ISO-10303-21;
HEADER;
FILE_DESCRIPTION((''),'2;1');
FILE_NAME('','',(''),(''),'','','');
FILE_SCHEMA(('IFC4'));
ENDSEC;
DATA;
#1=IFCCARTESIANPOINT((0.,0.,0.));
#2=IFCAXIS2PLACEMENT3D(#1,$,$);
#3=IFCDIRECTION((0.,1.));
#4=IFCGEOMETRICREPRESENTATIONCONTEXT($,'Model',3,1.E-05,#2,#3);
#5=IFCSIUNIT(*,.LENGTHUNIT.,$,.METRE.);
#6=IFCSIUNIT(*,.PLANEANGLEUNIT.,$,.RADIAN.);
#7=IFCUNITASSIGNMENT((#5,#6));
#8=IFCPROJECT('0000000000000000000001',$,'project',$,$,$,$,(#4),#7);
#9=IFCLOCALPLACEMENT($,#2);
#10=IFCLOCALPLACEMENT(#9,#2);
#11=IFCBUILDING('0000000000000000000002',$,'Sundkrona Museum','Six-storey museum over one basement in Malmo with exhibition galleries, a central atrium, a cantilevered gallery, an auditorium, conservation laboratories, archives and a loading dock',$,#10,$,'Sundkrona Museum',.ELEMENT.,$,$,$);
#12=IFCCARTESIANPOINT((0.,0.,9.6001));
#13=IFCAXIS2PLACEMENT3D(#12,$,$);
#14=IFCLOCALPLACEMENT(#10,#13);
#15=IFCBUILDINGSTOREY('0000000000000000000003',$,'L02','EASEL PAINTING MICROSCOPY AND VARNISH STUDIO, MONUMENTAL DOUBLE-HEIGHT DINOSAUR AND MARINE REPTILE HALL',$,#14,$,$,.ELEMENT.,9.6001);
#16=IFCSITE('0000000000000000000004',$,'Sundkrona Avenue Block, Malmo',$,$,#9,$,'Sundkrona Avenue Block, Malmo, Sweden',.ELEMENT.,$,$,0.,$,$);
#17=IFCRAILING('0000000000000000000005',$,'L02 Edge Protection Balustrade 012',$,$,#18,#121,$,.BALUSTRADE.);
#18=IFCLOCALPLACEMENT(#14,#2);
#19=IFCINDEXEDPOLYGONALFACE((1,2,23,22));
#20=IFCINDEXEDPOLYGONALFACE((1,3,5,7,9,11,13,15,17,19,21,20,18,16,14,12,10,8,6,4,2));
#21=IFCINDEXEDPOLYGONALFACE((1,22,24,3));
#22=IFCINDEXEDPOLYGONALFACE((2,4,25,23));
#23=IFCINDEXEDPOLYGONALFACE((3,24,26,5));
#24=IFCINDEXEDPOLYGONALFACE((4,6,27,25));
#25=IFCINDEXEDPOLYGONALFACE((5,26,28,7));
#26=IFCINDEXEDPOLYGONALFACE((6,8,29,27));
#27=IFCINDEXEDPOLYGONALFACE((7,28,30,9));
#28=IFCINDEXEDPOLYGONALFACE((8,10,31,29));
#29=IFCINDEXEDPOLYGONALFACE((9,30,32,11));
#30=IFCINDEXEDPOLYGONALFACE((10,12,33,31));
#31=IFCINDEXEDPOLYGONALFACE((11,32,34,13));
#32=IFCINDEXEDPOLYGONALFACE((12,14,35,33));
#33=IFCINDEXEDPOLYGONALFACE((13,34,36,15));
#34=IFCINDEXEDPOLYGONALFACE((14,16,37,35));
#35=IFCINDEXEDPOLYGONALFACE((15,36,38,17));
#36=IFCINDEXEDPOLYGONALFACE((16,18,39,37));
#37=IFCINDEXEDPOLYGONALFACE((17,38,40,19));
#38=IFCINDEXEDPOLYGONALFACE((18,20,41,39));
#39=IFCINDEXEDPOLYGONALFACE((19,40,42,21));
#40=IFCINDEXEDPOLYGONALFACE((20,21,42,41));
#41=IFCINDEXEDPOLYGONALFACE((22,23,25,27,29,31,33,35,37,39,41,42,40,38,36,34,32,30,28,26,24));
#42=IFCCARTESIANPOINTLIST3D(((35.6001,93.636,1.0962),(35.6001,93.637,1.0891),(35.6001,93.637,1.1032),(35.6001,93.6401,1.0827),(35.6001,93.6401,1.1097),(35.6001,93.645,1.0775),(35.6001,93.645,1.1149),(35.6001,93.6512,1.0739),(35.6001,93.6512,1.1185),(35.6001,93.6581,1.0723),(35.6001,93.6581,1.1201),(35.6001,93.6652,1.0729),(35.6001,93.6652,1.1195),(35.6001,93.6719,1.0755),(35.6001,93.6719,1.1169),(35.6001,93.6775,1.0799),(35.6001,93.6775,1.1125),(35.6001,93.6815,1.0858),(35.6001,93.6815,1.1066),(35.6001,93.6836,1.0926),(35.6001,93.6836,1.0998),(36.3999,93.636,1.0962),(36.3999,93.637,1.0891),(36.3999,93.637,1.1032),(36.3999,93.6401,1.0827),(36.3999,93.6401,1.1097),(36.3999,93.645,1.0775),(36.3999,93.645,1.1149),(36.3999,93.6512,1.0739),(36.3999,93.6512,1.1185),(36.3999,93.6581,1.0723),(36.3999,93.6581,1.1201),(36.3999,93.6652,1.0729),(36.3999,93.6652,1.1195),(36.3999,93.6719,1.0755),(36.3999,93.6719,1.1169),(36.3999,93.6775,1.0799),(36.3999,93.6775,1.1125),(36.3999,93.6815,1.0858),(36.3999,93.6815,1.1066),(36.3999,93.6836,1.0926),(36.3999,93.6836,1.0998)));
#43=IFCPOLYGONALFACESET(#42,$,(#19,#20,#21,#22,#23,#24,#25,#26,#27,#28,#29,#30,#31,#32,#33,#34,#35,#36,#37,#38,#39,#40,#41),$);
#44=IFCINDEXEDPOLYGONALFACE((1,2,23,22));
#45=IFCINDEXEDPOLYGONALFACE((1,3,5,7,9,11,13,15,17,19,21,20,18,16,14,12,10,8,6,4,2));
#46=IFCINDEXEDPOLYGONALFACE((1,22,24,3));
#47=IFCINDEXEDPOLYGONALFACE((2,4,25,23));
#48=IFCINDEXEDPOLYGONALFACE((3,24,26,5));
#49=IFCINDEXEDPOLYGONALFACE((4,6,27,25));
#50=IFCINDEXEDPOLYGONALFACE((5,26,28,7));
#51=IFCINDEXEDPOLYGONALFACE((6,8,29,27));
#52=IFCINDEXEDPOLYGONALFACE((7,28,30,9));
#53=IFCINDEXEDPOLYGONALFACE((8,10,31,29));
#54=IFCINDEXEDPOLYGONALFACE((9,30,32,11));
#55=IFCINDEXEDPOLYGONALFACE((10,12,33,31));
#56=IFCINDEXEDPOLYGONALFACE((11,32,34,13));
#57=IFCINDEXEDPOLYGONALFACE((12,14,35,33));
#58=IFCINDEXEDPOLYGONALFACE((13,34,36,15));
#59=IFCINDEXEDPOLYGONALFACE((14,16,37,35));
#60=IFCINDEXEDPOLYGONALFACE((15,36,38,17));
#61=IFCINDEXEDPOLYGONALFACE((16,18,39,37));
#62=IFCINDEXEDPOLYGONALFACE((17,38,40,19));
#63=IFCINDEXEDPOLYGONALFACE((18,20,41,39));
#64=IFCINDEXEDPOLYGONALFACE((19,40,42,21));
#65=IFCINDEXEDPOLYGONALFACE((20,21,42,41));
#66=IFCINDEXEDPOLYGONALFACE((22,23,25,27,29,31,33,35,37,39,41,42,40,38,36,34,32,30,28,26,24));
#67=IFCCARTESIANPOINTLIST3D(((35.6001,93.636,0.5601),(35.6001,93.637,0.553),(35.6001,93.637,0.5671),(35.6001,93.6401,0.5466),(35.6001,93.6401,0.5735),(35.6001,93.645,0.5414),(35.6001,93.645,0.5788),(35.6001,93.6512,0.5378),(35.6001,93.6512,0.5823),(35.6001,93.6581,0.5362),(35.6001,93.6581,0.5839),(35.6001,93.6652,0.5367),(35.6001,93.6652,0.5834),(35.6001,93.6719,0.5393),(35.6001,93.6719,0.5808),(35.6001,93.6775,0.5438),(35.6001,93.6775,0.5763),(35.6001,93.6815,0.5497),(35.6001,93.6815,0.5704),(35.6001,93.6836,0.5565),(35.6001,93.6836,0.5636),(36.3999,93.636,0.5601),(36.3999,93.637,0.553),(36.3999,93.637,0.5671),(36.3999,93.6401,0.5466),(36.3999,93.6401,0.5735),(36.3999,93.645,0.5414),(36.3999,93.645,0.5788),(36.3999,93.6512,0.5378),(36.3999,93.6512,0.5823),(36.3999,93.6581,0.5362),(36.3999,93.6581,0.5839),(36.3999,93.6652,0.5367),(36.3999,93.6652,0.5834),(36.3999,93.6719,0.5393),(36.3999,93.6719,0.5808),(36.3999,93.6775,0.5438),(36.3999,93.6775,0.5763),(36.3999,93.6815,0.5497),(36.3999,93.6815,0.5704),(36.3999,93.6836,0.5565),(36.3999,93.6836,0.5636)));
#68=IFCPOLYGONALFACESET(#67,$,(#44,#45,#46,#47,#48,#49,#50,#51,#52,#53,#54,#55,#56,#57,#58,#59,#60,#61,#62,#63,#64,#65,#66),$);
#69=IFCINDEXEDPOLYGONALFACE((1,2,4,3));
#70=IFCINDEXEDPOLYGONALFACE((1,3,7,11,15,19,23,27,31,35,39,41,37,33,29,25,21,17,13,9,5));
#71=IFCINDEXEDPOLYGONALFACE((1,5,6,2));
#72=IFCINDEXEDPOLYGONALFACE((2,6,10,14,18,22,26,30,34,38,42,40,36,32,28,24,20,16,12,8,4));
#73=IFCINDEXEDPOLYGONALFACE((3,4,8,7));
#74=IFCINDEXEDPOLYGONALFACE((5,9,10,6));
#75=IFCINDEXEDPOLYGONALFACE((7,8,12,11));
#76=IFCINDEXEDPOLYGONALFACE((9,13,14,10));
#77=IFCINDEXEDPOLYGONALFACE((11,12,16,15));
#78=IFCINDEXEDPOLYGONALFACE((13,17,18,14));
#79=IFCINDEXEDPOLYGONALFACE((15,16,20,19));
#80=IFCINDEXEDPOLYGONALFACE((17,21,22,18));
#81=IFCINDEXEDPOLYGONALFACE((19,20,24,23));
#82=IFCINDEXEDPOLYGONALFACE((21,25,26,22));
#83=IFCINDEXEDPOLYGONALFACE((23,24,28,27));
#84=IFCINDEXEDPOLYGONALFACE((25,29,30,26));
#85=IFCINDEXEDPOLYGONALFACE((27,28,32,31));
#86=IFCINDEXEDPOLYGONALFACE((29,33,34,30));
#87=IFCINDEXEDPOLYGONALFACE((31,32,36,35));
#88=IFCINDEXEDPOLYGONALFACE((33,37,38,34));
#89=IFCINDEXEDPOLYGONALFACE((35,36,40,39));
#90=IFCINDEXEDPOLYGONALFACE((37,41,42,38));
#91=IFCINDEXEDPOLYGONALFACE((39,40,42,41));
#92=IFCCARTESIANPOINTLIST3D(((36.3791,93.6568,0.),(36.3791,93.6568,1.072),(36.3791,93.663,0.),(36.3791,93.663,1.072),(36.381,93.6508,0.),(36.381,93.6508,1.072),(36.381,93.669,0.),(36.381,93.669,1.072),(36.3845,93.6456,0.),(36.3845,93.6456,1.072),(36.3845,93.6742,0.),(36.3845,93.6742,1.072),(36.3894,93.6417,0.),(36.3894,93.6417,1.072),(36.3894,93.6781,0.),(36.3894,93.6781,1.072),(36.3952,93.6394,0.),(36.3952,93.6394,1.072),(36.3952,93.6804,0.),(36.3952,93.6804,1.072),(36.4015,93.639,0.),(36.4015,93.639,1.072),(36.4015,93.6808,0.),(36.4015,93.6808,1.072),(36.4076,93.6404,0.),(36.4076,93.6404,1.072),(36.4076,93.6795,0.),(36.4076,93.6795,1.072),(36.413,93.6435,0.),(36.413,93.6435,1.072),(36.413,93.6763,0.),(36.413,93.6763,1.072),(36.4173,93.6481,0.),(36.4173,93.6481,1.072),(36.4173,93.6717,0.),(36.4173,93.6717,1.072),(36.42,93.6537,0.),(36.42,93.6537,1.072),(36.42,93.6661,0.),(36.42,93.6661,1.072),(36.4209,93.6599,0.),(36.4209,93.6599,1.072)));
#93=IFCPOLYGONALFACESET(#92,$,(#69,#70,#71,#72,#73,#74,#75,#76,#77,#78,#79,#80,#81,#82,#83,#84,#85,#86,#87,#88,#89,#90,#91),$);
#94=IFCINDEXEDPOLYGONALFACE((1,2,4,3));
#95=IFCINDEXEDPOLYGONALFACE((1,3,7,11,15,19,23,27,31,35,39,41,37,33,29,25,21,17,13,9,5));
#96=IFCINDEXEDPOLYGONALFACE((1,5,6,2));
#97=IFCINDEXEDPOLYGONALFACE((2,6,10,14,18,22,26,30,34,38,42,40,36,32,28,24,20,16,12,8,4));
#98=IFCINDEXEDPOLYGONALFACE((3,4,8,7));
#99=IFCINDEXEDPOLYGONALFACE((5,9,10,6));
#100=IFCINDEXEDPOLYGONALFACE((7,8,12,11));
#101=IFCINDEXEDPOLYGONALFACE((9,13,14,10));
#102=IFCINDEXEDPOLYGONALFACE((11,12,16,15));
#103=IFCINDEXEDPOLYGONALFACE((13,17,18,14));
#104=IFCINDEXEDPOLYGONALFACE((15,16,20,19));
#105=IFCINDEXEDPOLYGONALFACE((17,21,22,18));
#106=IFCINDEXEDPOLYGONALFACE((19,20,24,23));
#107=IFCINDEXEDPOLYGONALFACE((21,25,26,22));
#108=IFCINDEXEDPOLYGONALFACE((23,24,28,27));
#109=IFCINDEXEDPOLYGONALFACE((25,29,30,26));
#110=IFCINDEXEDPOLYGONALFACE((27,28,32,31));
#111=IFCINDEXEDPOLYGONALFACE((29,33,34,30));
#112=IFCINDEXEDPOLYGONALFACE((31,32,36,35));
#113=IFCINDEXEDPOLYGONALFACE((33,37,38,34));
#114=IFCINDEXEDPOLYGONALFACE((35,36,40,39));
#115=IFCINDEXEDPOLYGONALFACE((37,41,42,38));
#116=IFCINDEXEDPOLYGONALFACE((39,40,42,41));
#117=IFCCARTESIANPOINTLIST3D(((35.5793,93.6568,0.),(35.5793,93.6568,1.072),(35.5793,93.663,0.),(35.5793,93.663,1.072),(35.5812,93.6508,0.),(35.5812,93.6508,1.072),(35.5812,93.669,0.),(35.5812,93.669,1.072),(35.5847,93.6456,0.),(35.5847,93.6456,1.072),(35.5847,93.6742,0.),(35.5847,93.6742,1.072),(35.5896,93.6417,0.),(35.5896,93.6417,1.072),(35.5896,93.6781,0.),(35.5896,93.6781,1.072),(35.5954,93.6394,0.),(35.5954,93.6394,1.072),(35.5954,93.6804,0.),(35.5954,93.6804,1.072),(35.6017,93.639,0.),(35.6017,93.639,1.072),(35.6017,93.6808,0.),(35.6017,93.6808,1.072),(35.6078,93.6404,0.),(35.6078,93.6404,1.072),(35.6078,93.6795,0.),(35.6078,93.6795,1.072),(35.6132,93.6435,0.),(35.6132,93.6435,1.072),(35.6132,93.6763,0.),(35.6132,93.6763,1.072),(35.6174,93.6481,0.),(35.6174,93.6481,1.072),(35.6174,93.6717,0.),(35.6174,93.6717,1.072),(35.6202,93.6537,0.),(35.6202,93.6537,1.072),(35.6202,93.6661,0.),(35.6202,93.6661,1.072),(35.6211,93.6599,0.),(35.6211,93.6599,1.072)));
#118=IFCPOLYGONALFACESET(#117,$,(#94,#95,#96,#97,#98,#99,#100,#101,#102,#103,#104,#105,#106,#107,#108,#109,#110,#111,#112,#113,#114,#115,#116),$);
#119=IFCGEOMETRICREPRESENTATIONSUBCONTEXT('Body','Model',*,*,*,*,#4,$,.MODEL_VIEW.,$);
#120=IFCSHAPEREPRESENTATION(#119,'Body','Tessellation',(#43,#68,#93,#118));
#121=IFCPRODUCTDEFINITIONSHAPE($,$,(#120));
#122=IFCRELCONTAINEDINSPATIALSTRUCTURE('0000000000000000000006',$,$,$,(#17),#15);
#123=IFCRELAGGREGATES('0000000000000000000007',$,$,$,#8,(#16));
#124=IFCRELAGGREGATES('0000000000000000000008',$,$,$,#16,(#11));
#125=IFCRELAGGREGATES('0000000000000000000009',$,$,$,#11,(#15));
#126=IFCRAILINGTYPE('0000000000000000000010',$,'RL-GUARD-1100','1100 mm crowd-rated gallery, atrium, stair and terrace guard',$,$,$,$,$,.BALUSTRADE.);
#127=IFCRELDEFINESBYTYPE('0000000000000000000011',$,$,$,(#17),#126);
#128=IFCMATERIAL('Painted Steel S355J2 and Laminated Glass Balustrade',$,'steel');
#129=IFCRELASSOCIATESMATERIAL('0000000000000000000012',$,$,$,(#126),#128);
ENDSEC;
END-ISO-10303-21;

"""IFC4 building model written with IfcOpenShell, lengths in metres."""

from ifc_helpers import new_model, si_unit, direction, frame, origin, origin_2d, place, context, subcontext, project, spatial, circle, extrude, material, type_object, element, save


model = new_model("IFC4")

# Units and contexts
model_context = context("Model", 3, precision=1e-05, world=origin(), true_north=direction((0.0, 1.0)))
body_context = subcontext(model_context, "Body", "Model", "MODEL_VIEW")
ifc_project = project(units=[si_unit("LENGTHUNIT", "METRE"), si_unit("PLANEANGLEUNIT", "RADIAN")], contexts=[model_context])

# Site, building, storey
site_placement = place(None, origin())
site = spatial("IfcSite", under=ifc_project, at=site_placement, Name="Sundkrona Avenue Block, Malmo", LongName="Sundkrona Avenue Block, Malmo, Sweden", CompositionType="ELEMENT", RefElevation=0.0)
building_placement = place(site_placement, origin())
building = spatial("IfcBuilding", under=site, at=building_placement, Name="Sundkrona Museum", Description="Six-storey museum over one basement in Malmo with exhibition galleries, a central atrium, a cantilevered gallery, an auditorium, conservation laboratories, archives and a loading dock", LongName="Sundkrona Museum", CompositionType="ELEMENT")
storey_placement = place(building_placement, frame((0.0, 0.0, 9.6001)))
storey = spatial("IfcBuildingStorey", under=building, at=storey_placement, Name="L02", Description="EASEL PAINTING MICROSCOPY AND VARNISH STUDIO, MONUMENTAL DOUBLE-HEIGHT DINOSAUR AND MARINE REPTILE HALL", CompositionType="ELEMENT", Elevation=9.6001)

# Railing
ifc_material_1 = material(Name="Painted Steel S355J2 and Laminated Glass Balustrade", Category="steel")
railing_type = type_object("IfcRailingType", Name="RL-GUARD-1100", Description="1100 mm crowd-rated gallery, atrium, stair and terrace guard", PredefinedType="BALUSTRADE", material=ifc_material_1)
railing_1_placement = place(storey_placement, frame((36.3999, 93.6599, 0.0)))
element("IfcRailing", 1, at=railing_1_placement, inside=storey, type_object=railing_type, Name="L02 Edge Protection Balustrade 012", PredefinedType="BALUSTRADE", context=body_context, shape_type="SweptSolid", body=[
    extrude(circle(Radius=0.0239, at=origin_2d()), frame((0.0, 0.0, 1.0962), z_axis=(-1.0, 0.0, 0.0), x_axis=(0.0, -1.0, 0.0)), (0.0, 0.0, 1.0), 0.7998),
    extrude(circle(Radius=0.0239, at=origin_2d()), frame((0.0, 0.0, 0.5601), z_axis=(-1.0, 0.0, 0.0), x_axis=(0.0, -1.0, 0.0)), (0.0, 0.0, 1.0), 0.7998),
    extrude(circle(Radius=0.021, at=origin_2d()), origin(), (0.0, 0.0, 1.0), 1.072),
    extrude(circle(Radius=0.021, at=origin_2d()), frame((-0.7998, 0.0, 0.0)), (0.0, 0.0, 1.0), 1.072),
])

save(model, "model.ifc")
